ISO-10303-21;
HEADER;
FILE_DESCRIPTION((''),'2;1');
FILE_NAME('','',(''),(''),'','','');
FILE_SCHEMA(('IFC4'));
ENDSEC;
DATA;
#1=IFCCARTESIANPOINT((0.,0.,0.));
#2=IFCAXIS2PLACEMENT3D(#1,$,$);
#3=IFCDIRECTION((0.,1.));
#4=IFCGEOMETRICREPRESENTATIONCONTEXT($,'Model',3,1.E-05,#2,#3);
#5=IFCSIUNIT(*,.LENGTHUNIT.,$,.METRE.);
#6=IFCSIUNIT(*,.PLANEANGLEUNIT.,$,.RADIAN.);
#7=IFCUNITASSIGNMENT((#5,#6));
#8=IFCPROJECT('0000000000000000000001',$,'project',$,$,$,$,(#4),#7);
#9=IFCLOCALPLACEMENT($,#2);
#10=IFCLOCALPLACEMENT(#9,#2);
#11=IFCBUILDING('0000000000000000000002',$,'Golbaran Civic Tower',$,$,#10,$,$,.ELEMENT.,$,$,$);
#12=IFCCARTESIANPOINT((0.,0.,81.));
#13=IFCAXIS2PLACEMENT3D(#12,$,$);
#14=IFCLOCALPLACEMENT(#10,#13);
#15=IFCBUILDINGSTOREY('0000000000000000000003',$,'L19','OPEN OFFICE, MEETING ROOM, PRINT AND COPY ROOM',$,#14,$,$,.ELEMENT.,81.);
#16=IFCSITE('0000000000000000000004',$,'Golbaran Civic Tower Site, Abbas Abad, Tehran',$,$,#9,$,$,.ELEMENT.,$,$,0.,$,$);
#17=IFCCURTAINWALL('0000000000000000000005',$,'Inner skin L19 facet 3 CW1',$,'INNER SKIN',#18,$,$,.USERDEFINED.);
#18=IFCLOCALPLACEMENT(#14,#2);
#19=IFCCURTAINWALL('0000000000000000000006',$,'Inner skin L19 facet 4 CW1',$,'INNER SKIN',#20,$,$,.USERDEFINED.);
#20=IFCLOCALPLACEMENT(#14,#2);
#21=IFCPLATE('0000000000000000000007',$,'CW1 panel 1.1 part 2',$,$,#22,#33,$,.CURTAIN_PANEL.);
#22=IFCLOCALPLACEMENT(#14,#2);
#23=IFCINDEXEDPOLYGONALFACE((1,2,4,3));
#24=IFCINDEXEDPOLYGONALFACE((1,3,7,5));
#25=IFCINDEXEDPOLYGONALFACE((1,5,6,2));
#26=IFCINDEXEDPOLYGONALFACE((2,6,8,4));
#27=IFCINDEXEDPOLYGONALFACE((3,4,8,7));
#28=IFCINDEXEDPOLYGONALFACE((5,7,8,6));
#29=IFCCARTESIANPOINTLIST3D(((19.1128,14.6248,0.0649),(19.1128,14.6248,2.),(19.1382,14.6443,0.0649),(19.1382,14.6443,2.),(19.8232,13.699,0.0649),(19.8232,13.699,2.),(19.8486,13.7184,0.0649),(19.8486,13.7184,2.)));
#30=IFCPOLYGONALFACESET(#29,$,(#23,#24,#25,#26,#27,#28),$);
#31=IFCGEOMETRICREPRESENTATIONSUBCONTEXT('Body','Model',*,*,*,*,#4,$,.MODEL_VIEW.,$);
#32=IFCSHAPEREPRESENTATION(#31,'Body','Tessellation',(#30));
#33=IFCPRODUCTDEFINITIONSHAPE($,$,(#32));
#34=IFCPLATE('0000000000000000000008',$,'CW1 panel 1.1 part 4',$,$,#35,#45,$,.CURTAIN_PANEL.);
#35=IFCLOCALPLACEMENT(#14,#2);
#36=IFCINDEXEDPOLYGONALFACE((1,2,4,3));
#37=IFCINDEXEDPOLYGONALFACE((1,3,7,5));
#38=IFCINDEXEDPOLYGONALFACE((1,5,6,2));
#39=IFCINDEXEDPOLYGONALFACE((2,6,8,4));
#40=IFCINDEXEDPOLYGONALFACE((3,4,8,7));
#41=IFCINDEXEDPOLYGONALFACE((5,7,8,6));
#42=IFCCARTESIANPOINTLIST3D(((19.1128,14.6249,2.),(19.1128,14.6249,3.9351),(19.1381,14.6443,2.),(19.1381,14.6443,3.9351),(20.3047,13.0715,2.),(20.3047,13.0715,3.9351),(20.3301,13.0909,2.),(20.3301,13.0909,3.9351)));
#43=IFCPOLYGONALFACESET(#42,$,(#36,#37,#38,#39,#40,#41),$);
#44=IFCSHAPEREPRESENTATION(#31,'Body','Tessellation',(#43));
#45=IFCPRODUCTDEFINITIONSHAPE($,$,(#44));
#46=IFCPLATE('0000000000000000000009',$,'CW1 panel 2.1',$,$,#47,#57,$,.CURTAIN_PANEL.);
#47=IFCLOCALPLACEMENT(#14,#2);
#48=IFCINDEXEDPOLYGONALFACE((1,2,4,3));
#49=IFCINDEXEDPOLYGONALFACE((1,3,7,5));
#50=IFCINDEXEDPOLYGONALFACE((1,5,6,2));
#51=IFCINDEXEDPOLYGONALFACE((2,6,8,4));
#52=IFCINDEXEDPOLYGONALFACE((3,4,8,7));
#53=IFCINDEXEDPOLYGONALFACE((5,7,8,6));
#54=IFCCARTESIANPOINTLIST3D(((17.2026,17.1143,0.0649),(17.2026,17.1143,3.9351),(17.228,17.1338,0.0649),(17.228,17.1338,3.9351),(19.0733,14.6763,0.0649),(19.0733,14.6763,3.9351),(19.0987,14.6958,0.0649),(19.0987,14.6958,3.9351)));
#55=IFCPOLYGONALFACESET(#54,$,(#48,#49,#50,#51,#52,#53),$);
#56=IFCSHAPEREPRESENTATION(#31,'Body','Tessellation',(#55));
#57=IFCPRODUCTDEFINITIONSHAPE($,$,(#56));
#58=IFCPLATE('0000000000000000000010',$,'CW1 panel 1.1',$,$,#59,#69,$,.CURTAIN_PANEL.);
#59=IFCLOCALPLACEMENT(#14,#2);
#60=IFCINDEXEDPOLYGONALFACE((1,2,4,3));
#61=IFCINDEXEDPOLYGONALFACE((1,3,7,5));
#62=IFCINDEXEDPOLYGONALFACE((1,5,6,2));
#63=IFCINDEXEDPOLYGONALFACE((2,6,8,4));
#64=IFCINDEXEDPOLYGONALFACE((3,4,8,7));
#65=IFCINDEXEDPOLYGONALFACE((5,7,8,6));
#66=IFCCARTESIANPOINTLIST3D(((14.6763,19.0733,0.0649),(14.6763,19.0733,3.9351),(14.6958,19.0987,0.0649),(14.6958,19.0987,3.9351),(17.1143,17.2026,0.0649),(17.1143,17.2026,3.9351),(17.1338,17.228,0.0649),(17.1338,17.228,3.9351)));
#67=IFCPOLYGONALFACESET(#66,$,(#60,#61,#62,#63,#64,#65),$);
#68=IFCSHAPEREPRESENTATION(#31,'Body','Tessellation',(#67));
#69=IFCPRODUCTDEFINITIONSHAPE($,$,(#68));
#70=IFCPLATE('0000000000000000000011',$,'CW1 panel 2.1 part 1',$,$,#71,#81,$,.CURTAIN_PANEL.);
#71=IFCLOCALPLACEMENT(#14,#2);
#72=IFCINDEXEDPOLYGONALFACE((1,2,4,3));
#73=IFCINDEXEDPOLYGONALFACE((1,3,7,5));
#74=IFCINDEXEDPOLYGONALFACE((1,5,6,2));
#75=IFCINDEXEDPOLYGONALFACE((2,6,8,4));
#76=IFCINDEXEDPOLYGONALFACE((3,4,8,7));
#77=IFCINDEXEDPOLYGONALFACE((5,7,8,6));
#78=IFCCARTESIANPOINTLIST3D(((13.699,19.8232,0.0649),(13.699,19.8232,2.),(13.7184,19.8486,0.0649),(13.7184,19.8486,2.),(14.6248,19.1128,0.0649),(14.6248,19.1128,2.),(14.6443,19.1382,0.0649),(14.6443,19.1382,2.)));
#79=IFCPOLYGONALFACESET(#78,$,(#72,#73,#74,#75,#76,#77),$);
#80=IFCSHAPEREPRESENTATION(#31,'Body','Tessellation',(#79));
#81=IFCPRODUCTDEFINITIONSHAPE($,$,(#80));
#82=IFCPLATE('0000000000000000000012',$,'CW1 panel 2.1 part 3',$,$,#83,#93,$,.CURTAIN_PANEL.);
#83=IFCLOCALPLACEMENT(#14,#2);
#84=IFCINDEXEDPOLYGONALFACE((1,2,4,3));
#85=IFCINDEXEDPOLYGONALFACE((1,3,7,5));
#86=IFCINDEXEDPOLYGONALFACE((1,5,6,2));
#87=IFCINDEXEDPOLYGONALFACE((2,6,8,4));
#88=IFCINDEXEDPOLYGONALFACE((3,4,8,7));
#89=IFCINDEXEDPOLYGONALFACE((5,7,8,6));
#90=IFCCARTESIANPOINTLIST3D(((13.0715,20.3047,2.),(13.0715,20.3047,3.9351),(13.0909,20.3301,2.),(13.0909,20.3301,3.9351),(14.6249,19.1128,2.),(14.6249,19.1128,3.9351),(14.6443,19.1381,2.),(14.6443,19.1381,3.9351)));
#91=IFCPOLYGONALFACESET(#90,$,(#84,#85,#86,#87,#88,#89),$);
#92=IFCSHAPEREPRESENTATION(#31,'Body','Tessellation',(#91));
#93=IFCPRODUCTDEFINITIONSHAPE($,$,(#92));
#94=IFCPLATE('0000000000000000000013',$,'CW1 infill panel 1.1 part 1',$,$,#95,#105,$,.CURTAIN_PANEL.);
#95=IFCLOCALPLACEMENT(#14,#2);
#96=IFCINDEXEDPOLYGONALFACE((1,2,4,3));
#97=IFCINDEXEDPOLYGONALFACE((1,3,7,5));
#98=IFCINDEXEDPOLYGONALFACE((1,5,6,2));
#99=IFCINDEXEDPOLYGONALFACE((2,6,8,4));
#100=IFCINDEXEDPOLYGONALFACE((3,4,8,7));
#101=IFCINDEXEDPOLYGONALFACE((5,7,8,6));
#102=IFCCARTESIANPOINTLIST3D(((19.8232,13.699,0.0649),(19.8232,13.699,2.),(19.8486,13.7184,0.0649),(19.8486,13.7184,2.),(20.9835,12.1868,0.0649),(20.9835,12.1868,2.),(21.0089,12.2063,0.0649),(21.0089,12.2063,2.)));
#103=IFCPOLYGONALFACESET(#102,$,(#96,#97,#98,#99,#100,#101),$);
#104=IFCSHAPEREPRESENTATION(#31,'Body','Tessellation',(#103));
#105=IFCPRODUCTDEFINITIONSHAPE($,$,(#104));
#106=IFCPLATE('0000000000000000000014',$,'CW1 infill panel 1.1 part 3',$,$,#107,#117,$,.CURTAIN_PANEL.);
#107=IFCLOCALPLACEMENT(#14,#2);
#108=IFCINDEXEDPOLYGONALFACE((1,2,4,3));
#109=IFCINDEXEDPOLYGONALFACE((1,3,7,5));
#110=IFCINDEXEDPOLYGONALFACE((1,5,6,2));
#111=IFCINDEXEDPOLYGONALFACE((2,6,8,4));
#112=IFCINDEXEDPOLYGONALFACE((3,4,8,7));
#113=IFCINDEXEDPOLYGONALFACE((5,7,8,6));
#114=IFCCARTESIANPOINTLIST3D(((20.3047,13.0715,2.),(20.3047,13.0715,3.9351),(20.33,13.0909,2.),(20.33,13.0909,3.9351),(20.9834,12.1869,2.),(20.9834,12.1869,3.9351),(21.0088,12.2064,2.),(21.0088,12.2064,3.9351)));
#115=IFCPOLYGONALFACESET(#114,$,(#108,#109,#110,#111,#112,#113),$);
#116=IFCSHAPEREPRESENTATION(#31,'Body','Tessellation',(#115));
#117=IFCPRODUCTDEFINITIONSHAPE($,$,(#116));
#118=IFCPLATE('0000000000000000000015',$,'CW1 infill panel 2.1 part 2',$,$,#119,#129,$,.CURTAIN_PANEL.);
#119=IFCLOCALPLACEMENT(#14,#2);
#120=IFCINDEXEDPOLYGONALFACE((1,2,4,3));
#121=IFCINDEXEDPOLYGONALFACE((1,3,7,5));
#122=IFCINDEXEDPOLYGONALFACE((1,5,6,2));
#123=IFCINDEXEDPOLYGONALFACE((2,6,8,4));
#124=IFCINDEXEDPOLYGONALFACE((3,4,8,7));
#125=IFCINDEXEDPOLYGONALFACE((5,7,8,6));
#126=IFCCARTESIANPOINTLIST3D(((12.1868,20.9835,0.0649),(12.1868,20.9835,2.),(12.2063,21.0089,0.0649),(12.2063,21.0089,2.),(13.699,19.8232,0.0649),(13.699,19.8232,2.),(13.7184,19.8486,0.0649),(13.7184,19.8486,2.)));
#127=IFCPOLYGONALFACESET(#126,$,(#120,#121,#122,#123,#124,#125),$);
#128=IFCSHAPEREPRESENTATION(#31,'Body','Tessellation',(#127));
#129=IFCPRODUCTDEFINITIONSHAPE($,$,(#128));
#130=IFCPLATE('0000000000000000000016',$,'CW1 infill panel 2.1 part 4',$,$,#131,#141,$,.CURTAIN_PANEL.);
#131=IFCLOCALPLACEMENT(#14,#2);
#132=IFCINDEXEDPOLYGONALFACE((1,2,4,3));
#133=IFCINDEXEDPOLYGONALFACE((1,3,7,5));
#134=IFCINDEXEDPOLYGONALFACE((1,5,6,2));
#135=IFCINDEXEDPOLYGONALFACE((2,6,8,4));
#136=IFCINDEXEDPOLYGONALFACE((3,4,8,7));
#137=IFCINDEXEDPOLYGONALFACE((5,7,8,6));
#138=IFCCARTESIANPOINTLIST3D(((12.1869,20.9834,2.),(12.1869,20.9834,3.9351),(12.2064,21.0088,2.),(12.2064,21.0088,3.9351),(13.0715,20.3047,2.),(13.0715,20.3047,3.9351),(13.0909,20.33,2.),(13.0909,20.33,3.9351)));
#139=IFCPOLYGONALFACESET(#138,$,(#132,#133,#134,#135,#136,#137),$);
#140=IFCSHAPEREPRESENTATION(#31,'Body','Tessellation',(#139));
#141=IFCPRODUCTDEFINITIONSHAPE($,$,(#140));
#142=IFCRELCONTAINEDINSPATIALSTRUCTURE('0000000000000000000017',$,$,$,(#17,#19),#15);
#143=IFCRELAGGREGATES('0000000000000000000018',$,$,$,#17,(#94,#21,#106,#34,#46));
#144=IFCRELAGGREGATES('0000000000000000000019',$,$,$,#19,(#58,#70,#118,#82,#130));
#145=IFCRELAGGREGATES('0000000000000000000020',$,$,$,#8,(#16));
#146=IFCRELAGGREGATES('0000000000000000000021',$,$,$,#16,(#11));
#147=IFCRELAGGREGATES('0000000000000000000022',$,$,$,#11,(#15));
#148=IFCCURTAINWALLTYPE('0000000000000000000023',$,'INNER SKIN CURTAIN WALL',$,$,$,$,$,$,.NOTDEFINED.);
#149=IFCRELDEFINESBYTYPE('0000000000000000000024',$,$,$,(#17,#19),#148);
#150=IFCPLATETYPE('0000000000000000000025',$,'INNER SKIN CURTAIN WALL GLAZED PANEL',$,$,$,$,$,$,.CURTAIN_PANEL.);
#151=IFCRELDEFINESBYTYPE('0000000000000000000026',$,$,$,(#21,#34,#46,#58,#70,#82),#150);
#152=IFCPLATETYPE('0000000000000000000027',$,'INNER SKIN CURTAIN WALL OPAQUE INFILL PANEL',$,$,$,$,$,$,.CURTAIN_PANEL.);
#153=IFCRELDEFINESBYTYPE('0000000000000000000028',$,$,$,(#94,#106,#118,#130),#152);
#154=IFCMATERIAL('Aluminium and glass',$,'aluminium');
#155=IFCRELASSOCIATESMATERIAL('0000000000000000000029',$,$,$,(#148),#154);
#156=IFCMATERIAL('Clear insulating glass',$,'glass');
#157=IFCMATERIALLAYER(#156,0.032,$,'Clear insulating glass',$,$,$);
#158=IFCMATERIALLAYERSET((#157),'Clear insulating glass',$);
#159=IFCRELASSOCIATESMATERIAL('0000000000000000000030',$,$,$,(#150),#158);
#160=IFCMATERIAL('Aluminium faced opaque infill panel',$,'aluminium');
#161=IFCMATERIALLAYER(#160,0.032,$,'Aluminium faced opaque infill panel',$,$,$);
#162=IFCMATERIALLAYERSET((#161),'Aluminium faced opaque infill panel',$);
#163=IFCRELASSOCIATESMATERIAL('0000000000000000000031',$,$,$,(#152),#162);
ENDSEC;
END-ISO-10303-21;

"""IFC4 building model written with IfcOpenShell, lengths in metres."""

from ifc_helpers import new_model, si_unit, direction, frame, origin, origin_2d, place, context, subcontext, project, spatial, rectangle, extrude, material, layer, layer_set, type_object, element, aggregate, save


model = new_model("IFC4")

# Units and contexts
model_context = context("Model", 3, precision=1e-05, world=origin(), true_north=direction((0.0, 1.0)))
body_context = subcontext(model_context, "Body", "Model", "MODEL_VIEW")
ifc_project = project(units=[si_unit("LENGTHUNIT", "METRE"), si_unit("PLANEANGLEUNIT", "RADIAN")], contexts=[model_context])

# Site, building, storey
site_placement = place(None, origin())
site = spatial("IfcSite", under=ifc_project, at=site_placement, Name="Golbaran Civic Tower Site, Abbas Abad, Tehran", CompositionType="ELEMENT", RefElevation=0.0)
building_placement = place(site_placement, origin())
building = spatial("IfcBuilding", under=site, at=building_placement, Name="Golbaran Civic Tower", CompositionType="ELEMENT")
storey_placement = place(building_placement, frame((0.0, 0.0, 81.0)))
storey = spatial("IfcBuildingStorey", under=building, at=storey_placement, Name="L19", Description="OPEN OFFICE, MEETING ROOM, PRINT AND COPY ROOM", CompositionType="ELEMENT", Elevation=81.0)

# Shared definitions
ifc_material_1 = material(Name="Aluminium and glass", Category="aluminium")
curtain_wall_type = type_object("IfcCurtainWallType", Name="INNER SKIN CURTAIN WALL", PredefinedType="NOTDEFINED", material=ifc_material_1)

# Curtain walls
curtain_wall_1_placement = place(storey_placement, origin())
curtain_wall_1 = element("IfcCurtainWall", 1, at=curtain_wall_1_placement, inside=storey, type_object=curtain_wall_type, Name="Inner skin L19 facet 3 CW1", ObjectType="INNER SKIN", PredefinedType="USERDEFINED")
curtain_wall_2_placement = place(storey_placement, origin())
curtain_wall_2 = element("IfcCurtainWall", 2, at=curtain_wall_2_placement, inside=storey, type_object=curtain_wall_type, Name="Inner skin L19 facet 4 CW1", ObjectType="INNER SKIN", PredefinedType="USERDEFINED")

# Plates
ifc_material_2 = material(Name="Clear insulating glass", Category="glass")
ifc_layer_1 = layer(ifc_material_2, 0.032, Name="Clear insulating glass")
ifc_layer_set_1 = layer_set([ifc_layer_1], Name="Clear insulating glass")
plate_type_1 = type_object("IfcPlateType", Name="INNER SKIN CURTAIN WALL GLAZED PANEL", PredefinedType="CURTAIN_PANEL", material=ifc_layer_set_1)
plate_1_placement = place(storey_placement, frame((19.4807, 14.1716, 0.0649), z_axis=(0.0, 0.0, 1.0), x_axis=(-0.608761, 0.793353, 0.0)))
plate_1 = element("IfcPlate", 3, at=plate_1_placement, type_object=plate_type_1, Name="CW1 panel 1.1 part 2", PredefinedType="CURTAIN_PANEL", context=body_context, shape_type="SweptSolid", body=[
    extrude(rectangle(XDim=1.167, YDim=0.032, at=origin_2d()), origin(), (0.0, 0.0, 1.0), 1.9351),
])
plate_2_placement = place(storey_placement, frame((19.7214, 13.8579, 2.0), z_axis=(0.0, 0.0, 1.0), x_axis=(-0.608761, 0.793353, 0.0)))
plate_2 = element("IfcPlate", 4, at=plate_2_placement, type_object=plate_type_1, Name="CW1 panel 1.1 part 4", PredefinedType="CURTAIN_PANEL", context=body_context, shape_type="SweptSolid", body=[
    extrude(rectangle(XDim=1.958, YDim=0.032, at=origin_2d()), origin(), (0.0, 0.0, 1.0), 1.9351),
])
plate_3_placement = place(storey_placement, frame((18.1506, 15.905, 0.0649), z_axis=(0.0, 0.0, 1.0), x_axis=(-0.608761, 0.793353, 0.0)))
plate_3 = element("IfcPlate", 5, at=plate_3_placement, type_object=plate_type_1, Name="CW1 panel 2.1", PredefinedType="CURTAIN_PANEL", context=body_context, shape_type="SweptSolid", body=[
    extrude(rectangle(XDim=3.073, YDim=0.032, at=origin_2d()), origin(), (0.0, 0.0, 1.0), 3.8701),
])
plate_4_placement = place(storey_placement, frame((15.905, 18.1506, 0.0649), z_axis=(0.0, 0.0, 1.0), x_axis=(-0.793353, 0.608761, 0.0)))
plate_4 = element("IfcPlate", 6, at=plate_4_placement, type_object=plate_type_1, Name="CW1 panel 1.1", PredefinedType="CURTAIN_PANEL", context=body_context, shape_type="SweptSolid", body=[
    extrude(rectangle(XDim=3.073, YDim=0.032, at=origin_2d()), origin(), (0.0, 0.0, 1.0), 3.8701),
])
plate_5_placement = place(storey_placement, frame((14.1716, 19.4807, 0.0649), z_axis=(0.0, 0.0, 1.0), x_axis=(-0.793353, 0.608761, 0.0)))
plate_5 = element("IfcPlate", 7, at=plate_5_placement, type_object=plate_type_1, Name="CW1 panel 2.1 part 1", PredefinedType="CURTAIN_PANEL", context=body_context, shape_type="SweptSolid", body=[
    extrude(rectangle(XDim=1.167, YDim=0.032, at=origin_2d()), origin(), (0.0, 0.0, 1.0), 1.9351),
])
plate_6_placement = place(storey_placement, frame((13.8579, 19.7214, 2.0), z_axis=(0.0, 0.0, 1.0), x_axis=(-0.793353, 0.608761, 0.0)))
plate_6 = element("IfcPlate", 8, at=plate_6_placement, type_object=plate_type_1, Name="CW1 panel 2.1 part 3", PredefinedType="CURTAIN_PANEL", context=body_context, shape_type="SweptSolid", body=[
    extrude(rectangle(XDim=1.958, YDim=0.032, at=origin_2d()), origin(), (0.0, 0.0, 1.0), 1.9351),
])
ifc_material_3 = material(Name="Aluminium faced opaque infill panel", Category="aluminium")
ifc_layer_2 = layer(ifc_material_3, 0.032, Name="Aluminium faced opaque infill panel")
ifc_layer_set_2 = layer_set([ifc_layer_2], Name="Aluminium faced opaque infill panel")
plate_type_2 = type_object("IfcPlateType", Name="INNER SKIN CURTAIN WALL OPAQUE INFILL PANEL", PredefinedType="CURTAIN_PANEL", material=ifc_layer_set_2)
plate_7_placement = place(storey_placement, frame((20.416, 12.9526, 0.0649), z_axis=(0.0, 0.0, 1.0), x_axis=(-0.608761, 0.793353, 0.0)))
plate_7 = element("IfcPlate", 9, at=plate_7_placement, type_object=plate_type_2, Name="CW1 infill panel 1.1 part 1", PredefinedType="CURTAIN_PANEL", context=body_context, shape_type="SweptSolid", body=[
    extrude(rectangle(XDim=1.906, YDim=0.032, at=origin_2d()), origin(), (0.0, 0.0, 1.0), 1.9351),
])
plate_8_placement = place(storey_placement, frame((20.6567, 12.6389, 2.0), z_axis=(0.0, 0.0, 1.0), x_axis=(-0.608761, 0.793353, 0.0)))
plate_8 = element("IfcPlate", 10, at=plate_8_placement, type_object=plate_type_2, Name="CW1 infill panel 1.1 part 3", PredefinedType="CURTAIN_PANEL", context=body_context, shape_type="SweptSolid", body=[
    extrude(rectangle(XDim=1.115, YDim=0.032, at=origin_2d()), origin(), (0.0, 0.0, 1.0), 1.9351),
])
aggregate(curtain_wall_1, [plate_7, plate_1, plate_8, plate_2, plate_3])
plate_9_placement = place(storey_placement, frame((12.9526, 20.416, 0.0649), z_axis=(0.0, 0.0, 1.0), x_axis=(-0.793353, 0.608761, 0.0)))
plate_9 = element("IfcPlate", 11, at=plate_9_placement, type_object=plate_type_2, Name="CW1 infill panel 2.1 part 2", PredefinedType="CURTAIN_PANEL", context=body_context, shape_type="SweptSolid", body=[
    extrude(rectangle(XDim=1.906, YDim=0.032, at=origin_2d()), origin(), (0.0, 0.0, 1.0), 1.9351),
])
plate_10_placement = place(storey_placement, frame((12.6389, 20.6567, 2.0), z_axis=(0.0, 0.0, 1.0), x_axis=(-0.793353, 0.608761, 0.0)))
plate_10 = element("IfcPlate", 12, at=plate_10_placement, type_object=plate_type_2, Name="CW1 infill panel 2.1 part 4", PredefinedType="CURTAIN_PANEL", context=body_context, shape_type="SweptSolid", body=[
    extrude(rectangle(XDim=1.115, YDim=0.032, at=origin_2d()), origin(), (0.0, 0.0, 1.0), 1.9351),
])
aggregate(curtain_wall_2, [plate_4, plate_5, plate_9, plate_6, plate_10])

save(model, "model.ifc")
